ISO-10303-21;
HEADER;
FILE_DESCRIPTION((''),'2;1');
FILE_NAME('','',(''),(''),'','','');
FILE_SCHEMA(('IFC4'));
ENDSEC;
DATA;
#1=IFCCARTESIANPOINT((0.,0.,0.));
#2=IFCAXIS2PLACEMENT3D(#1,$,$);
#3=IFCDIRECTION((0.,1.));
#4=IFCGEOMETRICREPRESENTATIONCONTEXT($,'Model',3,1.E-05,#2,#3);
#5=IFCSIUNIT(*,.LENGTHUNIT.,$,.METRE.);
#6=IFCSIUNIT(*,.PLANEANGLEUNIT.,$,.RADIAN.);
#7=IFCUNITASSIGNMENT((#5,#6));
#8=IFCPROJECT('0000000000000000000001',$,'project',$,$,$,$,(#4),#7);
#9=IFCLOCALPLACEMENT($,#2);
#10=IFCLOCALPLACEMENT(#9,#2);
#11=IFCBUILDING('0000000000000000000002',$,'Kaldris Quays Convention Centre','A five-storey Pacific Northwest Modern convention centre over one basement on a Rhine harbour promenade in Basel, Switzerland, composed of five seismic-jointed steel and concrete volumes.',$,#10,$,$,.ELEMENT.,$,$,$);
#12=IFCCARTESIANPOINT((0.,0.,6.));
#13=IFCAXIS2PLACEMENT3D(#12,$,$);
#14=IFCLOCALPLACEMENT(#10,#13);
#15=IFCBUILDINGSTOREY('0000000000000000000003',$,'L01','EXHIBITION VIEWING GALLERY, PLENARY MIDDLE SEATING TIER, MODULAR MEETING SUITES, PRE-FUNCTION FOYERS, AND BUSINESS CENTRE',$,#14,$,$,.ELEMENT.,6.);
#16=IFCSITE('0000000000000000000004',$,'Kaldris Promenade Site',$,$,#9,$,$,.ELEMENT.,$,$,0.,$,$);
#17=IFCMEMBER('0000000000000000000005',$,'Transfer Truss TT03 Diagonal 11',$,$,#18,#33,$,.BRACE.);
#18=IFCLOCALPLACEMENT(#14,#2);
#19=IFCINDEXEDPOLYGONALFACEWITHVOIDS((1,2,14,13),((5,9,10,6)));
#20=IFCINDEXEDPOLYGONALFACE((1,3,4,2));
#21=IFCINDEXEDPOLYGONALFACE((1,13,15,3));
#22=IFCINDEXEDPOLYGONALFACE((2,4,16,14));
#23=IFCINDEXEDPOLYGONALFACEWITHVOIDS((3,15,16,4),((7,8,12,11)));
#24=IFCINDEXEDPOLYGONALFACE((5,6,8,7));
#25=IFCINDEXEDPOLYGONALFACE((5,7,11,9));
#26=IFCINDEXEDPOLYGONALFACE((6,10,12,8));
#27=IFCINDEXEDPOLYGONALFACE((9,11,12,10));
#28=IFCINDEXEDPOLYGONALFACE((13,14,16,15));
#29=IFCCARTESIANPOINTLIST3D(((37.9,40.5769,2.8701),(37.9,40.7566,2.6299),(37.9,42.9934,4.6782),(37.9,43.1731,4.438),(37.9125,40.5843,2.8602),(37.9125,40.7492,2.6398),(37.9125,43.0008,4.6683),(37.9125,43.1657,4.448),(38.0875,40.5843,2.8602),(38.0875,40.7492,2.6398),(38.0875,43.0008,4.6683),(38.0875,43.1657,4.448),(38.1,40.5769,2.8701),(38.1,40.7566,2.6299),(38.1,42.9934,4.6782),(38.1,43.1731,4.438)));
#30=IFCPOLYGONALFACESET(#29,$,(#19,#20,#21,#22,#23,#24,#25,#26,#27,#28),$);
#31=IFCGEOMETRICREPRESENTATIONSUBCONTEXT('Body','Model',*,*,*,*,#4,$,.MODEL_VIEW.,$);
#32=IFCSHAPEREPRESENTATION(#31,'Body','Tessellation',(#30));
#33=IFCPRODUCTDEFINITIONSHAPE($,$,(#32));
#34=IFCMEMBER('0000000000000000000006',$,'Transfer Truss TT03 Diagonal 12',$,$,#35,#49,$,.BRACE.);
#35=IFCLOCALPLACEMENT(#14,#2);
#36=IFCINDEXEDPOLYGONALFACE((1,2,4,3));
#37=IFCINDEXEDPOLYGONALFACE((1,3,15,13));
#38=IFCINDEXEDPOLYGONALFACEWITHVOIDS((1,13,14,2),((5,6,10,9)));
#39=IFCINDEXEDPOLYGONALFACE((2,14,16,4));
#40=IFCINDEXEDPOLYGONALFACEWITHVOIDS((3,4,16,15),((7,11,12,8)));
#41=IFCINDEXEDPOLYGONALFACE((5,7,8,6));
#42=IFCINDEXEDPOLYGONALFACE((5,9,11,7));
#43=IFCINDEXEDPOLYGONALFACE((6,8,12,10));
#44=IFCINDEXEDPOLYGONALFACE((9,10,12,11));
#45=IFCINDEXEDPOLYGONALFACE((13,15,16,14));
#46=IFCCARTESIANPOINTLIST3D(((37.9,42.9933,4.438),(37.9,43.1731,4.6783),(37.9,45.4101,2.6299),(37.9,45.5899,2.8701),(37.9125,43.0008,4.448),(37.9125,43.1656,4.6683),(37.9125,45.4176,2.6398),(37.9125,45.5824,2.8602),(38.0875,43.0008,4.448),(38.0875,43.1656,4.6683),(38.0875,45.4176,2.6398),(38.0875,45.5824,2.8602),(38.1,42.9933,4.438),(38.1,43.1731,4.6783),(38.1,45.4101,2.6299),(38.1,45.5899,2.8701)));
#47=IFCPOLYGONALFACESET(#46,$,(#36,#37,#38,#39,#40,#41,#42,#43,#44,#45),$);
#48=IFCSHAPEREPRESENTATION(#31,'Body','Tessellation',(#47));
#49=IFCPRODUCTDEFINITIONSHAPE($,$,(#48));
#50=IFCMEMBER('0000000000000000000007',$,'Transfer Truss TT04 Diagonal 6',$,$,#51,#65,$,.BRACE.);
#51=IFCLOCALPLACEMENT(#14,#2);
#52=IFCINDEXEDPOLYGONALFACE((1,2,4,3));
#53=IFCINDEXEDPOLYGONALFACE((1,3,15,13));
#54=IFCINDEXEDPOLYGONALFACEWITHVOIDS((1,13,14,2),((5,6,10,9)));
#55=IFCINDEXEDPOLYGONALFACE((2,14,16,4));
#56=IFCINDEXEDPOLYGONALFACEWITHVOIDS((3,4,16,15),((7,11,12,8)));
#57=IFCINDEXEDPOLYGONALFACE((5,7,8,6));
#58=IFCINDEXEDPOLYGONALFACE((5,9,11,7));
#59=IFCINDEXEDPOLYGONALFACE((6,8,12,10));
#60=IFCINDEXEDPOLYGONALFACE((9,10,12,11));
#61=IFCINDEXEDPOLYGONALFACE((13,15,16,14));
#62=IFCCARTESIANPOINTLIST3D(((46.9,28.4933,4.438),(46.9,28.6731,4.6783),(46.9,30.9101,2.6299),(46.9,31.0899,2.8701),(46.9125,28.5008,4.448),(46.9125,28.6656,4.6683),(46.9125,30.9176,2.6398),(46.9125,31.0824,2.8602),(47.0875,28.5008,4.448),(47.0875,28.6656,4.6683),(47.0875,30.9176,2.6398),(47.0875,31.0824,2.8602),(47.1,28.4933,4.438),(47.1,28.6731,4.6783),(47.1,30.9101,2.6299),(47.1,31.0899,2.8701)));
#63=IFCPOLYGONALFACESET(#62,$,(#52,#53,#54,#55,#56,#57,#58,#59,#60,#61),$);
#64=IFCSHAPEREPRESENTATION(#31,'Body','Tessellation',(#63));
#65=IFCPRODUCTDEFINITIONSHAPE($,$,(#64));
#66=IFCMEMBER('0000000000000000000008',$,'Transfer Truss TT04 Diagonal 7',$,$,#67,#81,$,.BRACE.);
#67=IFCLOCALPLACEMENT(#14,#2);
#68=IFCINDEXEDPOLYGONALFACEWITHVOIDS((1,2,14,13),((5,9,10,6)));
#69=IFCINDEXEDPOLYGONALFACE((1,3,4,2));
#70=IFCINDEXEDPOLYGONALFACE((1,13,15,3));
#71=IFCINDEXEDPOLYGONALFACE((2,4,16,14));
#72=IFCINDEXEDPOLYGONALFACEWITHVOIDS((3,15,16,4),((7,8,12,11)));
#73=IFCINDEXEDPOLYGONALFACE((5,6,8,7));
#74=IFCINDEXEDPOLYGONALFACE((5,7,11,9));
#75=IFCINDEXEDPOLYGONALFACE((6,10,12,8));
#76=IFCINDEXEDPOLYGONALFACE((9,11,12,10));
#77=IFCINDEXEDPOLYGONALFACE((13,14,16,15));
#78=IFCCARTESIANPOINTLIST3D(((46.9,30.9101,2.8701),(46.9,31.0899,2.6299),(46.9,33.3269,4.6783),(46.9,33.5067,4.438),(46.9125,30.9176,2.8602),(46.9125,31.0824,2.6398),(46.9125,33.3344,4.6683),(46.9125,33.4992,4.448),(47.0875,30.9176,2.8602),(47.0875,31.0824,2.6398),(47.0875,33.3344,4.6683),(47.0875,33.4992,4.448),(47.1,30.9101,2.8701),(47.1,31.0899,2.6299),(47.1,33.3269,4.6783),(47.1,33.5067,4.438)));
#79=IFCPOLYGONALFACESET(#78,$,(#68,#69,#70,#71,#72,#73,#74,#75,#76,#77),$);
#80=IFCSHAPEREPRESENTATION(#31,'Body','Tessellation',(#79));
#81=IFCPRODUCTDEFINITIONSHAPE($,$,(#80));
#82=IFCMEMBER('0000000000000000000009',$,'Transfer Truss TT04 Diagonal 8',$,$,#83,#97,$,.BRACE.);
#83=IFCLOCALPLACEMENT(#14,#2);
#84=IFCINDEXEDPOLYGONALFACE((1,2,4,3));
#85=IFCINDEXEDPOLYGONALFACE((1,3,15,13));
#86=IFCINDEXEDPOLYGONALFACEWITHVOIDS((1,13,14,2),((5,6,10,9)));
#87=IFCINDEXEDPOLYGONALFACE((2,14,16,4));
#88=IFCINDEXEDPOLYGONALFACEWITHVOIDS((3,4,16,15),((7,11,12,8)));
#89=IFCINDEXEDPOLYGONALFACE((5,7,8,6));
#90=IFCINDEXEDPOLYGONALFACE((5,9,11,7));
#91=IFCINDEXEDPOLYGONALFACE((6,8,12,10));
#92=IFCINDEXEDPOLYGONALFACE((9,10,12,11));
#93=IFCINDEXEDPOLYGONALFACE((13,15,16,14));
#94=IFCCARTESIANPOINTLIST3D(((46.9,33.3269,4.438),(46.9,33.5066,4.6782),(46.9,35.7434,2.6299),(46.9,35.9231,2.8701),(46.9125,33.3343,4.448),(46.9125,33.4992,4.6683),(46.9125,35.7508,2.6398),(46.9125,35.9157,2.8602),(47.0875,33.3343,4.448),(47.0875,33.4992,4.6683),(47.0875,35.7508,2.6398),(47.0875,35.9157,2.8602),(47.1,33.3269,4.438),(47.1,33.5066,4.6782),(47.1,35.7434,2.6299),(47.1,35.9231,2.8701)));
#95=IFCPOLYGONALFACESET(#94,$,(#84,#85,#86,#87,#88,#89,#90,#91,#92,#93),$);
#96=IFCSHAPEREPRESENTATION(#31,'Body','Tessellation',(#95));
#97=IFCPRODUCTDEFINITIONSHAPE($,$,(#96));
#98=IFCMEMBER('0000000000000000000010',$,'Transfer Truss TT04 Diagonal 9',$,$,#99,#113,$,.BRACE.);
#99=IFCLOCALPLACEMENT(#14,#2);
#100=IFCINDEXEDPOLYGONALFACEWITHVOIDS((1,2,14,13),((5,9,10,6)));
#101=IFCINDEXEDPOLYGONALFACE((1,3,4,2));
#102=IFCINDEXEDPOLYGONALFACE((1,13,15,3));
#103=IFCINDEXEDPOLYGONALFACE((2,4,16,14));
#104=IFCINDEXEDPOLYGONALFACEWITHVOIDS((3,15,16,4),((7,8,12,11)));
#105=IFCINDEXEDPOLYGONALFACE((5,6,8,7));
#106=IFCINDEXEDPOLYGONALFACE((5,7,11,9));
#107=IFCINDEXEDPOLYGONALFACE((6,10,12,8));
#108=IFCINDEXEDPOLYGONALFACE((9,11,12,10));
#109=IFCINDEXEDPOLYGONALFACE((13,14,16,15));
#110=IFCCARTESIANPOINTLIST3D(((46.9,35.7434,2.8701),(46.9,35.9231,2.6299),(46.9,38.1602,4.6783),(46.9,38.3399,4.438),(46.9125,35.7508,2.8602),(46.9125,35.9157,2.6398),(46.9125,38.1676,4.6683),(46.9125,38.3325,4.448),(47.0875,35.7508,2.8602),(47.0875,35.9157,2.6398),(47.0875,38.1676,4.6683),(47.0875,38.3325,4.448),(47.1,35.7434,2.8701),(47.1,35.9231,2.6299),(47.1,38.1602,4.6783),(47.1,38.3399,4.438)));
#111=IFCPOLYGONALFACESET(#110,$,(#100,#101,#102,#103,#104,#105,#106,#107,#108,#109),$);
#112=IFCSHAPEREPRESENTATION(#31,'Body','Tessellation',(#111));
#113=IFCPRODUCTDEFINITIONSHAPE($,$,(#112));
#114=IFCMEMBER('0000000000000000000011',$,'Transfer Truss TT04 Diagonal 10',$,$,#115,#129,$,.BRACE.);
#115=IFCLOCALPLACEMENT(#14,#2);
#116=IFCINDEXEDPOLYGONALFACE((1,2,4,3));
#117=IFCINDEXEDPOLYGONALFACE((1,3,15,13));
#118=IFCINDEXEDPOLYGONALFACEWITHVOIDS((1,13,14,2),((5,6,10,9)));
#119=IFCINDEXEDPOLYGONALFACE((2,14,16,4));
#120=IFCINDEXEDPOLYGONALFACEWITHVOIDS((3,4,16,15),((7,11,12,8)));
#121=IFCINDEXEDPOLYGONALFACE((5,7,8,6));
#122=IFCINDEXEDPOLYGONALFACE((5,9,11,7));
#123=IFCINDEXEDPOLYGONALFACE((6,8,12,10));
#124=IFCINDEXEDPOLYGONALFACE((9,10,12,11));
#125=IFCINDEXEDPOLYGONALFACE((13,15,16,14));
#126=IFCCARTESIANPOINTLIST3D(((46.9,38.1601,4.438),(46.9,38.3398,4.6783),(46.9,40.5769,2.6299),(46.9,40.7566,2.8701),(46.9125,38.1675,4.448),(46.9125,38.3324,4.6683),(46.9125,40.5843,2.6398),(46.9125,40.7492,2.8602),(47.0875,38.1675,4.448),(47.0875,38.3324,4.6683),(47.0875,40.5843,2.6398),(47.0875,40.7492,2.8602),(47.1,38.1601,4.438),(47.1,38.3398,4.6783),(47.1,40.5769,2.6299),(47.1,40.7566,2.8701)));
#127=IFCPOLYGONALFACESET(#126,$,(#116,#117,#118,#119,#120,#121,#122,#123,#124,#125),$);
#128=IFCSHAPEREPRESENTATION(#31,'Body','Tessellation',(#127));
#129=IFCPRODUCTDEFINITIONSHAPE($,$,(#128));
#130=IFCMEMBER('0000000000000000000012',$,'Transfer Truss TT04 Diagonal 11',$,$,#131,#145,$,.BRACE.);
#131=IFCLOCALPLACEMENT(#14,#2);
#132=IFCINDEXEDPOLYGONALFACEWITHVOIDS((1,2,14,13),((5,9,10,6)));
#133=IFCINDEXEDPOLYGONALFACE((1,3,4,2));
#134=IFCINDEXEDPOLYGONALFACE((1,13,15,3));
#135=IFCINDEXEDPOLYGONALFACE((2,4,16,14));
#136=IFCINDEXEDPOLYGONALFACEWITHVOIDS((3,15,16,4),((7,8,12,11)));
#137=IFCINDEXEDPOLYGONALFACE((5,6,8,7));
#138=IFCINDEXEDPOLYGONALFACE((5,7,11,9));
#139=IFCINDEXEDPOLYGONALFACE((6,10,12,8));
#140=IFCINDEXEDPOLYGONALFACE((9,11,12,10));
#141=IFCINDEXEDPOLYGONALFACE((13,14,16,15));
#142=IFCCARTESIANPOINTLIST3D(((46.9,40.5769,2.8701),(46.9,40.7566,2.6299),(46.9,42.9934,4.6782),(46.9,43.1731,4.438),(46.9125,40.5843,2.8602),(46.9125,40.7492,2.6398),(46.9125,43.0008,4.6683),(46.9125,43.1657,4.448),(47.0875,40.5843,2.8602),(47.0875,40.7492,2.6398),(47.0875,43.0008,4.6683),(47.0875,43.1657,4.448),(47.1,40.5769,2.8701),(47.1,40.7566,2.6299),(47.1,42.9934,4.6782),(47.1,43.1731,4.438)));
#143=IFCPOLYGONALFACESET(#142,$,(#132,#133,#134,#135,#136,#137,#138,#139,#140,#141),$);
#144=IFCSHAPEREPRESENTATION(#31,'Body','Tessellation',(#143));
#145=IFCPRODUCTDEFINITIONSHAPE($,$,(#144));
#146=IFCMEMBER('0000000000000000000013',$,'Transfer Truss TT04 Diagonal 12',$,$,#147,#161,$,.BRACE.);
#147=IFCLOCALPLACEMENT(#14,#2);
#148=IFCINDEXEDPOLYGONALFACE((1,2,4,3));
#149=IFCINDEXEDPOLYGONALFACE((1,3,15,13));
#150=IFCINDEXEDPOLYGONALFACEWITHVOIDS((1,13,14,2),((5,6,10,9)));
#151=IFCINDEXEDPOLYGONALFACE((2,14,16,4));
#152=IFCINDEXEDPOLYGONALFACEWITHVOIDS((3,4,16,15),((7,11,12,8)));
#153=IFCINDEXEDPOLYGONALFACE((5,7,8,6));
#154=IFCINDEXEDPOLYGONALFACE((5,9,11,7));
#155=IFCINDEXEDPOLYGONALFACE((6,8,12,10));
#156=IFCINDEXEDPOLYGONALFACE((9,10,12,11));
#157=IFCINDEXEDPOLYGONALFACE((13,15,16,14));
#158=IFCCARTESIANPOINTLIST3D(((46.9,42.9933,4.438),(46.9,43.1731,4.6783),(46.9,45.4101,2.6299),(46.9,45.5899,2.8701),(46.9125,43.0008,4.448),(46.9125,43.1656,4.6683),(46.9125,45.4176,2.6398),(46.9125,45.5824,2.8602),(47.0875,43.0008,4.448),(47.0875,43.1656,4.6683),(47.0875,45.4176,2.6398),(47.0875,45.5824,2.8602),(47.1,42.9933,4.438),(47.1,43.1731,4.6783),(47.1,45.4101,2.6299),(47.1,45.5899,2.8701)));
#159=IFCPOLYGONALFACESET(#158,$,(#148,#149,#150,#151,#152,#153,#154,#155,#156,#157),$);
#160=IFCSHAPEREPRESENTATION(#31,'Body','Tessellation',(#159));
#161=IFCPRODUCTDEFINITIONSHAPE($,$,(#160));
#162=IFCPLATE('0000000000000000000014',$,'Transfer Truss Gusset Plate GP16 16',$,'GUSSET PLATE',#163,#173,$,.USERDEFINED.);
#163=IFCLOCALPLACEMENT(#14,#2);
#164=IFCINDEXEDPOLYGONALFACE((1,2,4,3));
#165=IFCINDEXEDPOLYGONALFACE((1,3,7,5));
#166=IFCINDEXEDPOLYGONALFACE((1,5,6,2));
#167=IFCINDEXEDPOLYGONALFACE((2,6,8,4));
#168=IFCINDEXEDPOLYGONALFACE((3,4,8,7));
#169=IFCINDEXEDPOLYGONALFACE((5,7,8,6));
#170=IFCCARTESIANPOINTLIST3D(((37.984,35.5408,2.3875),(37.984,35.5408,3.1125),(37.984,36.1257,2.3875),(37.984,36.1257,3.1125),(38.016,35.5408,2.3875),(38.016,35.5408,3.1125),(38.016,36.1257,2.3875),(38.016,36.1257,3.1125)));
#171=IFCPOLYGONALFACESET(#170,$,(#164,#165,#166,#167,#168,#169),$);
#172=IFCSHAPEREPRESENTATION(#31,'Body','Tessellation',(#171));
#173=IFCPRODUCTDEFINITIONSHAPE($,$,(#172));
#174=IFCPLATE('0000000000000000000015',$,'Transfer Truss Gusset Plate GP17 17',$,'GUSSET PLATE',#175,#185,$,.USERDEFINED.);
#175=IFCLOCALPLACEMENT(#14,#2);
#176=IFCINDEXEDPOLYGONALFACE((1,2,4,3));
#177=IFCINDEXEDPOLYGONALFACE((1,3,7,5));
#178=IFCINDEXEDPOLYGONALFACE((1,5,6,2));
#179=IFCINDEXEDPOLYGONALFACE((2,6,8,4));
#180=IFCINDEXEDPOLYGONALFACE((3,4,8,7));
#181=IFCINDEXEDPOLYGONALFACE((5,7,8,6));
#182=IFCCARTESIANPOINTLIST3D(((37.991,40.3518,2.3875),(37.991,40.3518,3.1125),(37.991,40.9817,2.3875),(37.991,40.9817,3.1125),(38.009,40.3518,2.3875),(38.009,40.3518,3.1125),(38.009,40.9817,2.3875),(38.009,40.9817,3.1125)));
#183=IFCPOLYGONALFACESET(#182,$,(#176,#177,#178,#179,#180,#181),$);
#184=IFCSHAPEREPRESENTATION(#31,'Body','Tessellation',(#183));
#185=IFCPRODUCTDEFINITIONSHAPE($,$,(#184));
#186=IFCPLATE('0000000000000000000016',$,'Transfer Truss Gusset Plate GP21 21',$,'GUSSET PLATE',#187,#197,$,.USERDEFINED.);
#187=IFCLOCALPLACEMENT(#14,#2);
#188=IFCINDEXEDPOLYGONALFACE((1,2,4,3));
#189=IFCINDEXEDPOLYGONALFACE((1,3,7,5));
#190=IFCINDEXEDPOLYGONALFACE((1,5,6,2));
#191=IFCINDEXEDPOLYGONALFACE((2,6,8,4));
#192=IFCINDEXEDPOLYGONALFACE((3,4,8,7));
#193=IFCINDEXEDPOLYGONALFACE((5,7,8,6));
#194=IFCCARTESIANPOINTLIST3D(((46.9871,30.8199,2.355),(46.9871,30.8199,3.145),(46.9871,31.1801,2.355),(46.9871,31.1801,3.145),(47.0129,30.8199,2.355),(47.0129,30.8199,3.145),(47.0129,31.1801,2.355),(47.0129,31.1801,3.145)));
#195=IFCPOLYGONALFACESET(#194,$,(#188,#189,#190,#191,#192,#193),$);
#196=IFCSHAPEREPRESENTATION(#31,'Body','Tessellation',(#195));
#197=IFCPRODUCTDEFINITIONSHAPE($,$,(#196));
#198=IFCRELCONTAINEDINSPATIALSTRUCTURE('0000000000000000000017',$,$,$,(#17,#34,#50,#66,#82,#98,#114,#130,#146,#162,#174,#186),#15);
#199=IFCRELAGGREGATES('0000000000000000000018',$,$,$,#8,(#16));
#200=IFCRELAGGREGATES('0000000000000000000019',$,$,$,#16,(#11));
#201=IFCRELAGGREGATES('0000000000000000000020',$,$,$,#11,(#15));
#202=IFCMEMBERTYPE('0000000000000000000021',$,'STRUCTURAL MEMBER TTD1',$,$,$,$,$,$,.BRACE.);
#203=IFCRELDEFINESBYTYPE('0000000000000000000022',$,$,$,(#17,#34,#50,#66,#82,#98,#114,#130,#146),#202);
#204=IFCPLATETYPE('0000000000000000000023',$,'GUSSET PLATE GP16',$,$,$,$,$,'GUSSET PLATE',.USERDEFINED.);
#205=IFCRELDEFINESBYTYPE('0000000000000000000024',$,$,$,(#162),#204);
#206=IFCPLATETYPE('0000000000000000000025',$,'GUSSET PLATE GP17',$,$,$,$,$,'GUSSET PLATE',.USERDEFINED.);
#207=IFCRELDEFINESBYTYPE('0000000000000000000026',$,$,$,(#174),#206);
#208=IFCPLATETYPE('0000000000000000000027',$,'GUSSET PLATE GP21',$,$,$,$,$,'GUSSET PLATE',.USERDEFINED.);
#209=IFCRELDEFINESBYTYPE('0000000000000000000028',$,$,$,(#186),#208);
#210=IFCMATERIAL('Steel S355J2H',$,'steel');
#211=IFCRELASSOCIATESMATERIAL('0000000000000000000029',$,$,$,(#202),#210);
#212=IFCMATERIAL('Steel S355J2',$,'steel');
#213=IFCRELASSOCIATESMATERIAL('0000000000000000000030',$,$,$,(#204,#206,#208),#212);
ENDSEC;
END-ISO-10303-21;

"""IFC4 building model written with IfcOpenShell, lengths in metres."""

from ifc_helpers import new_model, si_unit, direction, frame, origin, origin_2d, place, context, subcontext, project, spatial, rectangle, hollow_rectangle, extrude, material, material_profile, profile_set, type_object, element, save


model = new_model("IFC4")

# Units and contexts
model_context = context("Model", 3, precision=1e-05, world=origin(), true_north=direction((0.0, 1.0)))
body_context = subcontext(model_context, "Body", "Model", "MODEL_VIEW")
ifc_project = project(units=[si_unit("LENGTHUNIT", "METRE"), si_unit("PLANEANGLEUNIT", "RADIAN")], contexts=[model_context])

# Site, building, storey
site_placement = place(None, origin())
site = spatial("IfcSite", under=ifc_project, at=site_placement, Name="Kaldris Promenade Site", CompositionType="ELEMENT", RefElevation=0.0)
building_placement = place(site_placement, origin())
building = spatial("IfcBuilding", under=site, at=building_placement, Name="Kaldris Quays Convention Centre", Description="A five-storey Pacific Northwest Modern convention centre over one basement on a Rhine harbour promenade in Basel, Switzerland, composed of five seismic-jointed steel and concrete volumes.", CompositionType="ELEMENT")
storey_placement = place(building_placement, frame((0.0, 0.0, 6.0)))
storey = spatial("IfcBuildingStorey", under=building, at=storey_placement, Name="L01", Description="EXHIBITION VIEWING GALLERY, PLENARY MIDDLE SEATING TIER, MODULAR MEETING SUITES, PRE-FUNCTION FOYERS, AND BUSINESS CENTRE", CompositionType="ELEMENT", Elevation=6.0)

# Shared definitions
ifc_material_1 = material(Name="Steel S355J2", Category="steel")

# Members
ifc_material_2 = material(Name="Steel S355J2H", Category="steel")
ifc_material_profile_1 = material_profile(ifc_material_2, hollow_rectangle(XDim=0.2, YDim=0.3, WallThickness=0.0125, at=origin_2d()), Name="RHS 300x200x12.5")
ifc_profile_set_1 = profile_set([ifc_material_profile_1], Name="Steel S355J2H")
member_type = type_object("IfcMemberType", Name="STRUCTURAL MEMBER TTD1", PredefinedType="BRACE", material=ifc_profile_set_1)
member_1_placement = place(storey_placement, frame((38.0, 40.6667, 2.75), z_axis=(0.0, 0.800679, 0.599094), x_axis=(-1.0, 0.0, 0.0)))
element("IfcMember", 1, at=member_1_placement, inside=storey, type_object=member_type, Name="Transfer Truss TT03 Diagonal 11", PredefinedType="BRACE", context=body_context, shape_type="SweptSolid", body=[
    extrude(hollow_rectangle(XDim=0.2, YDim=0.3, WallThickness=0.0125, at=origin_2d()), origin(), (0.0, 0.0, 1.0), 3.0181),
])
for number, where, z_axis, x_axis, name in (
    (2, (38.0, 45.5, 2.75), (0.0, -0.800708, 0.599055), (1.0, 0.0, 0.0), "Transfer Truss TT03 Diagonal 12"),
    (3, (47.0, 31.0, 2.75), (0.0, -0.800708, 0.599055), (1.0, 0.0, 0.0), "Transfer Truss TT04 Diagonal 6"),
    (4, (47.0, 31.0, 2.75), (0.0, 0.800708, 0.599055), (-1.0, 0.0, 0.0), "Transfer Truss TT04 Diagonal 7"),
):
    element("IfcMember", number, at=place(storey_placement, frame(where, z_axis=z_axis, x_axis=x_axis)), inside=storey, type_object=member_type, Name=name, PredefinedType="BRACE", context=body_context, shape_type="SweptSolid", body=[
        extrude(hollow_rectangle(XDim=0.2, YDim=0.3, WallThickness=0.0125, at=origin_2d()), origin(), (0.0, 0.0, 1.0), 3.0183),
    ])
member_2_placement = place(storey_placement, frame((47.0, 35.8333, 2.75), z_axis=(0.0, -0.800679, 0.599094), x_axis=(1.0, 0.0, 0.0)))
element("IfcMember", 5, at=member_2_placement, inside=storey, type_object=member_type, Name="Transfer Truss TT04 Diagonal 8", PredefinedType="BRACE", context=body_context, shape_type="SweptSolid", body=[
    extrude(hollow_rectangle(XDim=0.2, YDim=0.3, WallThickness=0.0125, at=origin_2d()), origin(), (0.0, 0.0, 1.0), 3.0181),
])
for number, where, z_axis, x_axis, name in (
    (6, (47.0, 35.8333, 2.75), (0.0, 0.800708, 0.599055), (-1.0, 0.0, 0.0), "Transfer Truss TT04 Diagonal 9"),
    (7, (47.0, 40.6667, 2.75), (0.0, -0.800708, 0.599055), (1.0, 0.0, 0.0), "Transfer Truss TT04 Diagonal 10"),
):
    element("IfcMember", number, at=place(storey_placement, frame(where, z_axis=z_axis, x_axis=x_axis)), inside=storey, type_object=member_type, Name=name, PredefinedType="BRACE", context=body_context, shape_type="SweptSolid", body=[
        extrude(hollow_rectangle(XDim=0.2, YDim=0.3, WallThickness=0.0125, at=origin_2d()), origin(), (0.0, 0.0, 1.0), 3.0183),
    ])
member_3_placement = place(storey_placement, frame((47.0, 40.6667, 2.75), z_axis=(0.0, 0.800679, 0.599094), x_axis=(-1.0, 0.0, 0.0)))
element("IfcMember", 8, at=member_3_placement, inside=storey, type_object=member_type, Name="Transfer Truss TT04 Diagonal 11", PredefinedType="BRACE", context=body_context, shape_type="SweptSolid", body=[
    extrude(hollow_rectangle(XDim=0.2, YDim=0.3, WallThickness=0.0125, at=origin_2d()), origin(), (0.0, 0.0, 1.0), 3.0181),
])
member_4_placement = place(storey_placement, frame((47.0, 45.5, 2.75), z_axis=(0.0, -0.800708, 0.599055), x_axis=(1.0, 0.0, 0.0)))
element("IfcMember", 9, at=member_4_placement, inside=storey, type_object=member_type, Name="Transfer Truss TT04 Diagonal 12", PredefinedType="BRACE", context=body_context, shape_type="SweptSolid", body=[
    extrude(hollow_rectangle(XDim=0.2, YDim=0.3, WallThickness=0.0125, at=origin_2d()), origin(), (0.0, 0.0, 1.0), 3.0183),
])

# Plates
plate_type_1 = type_object("IfcPlateType", Name="GUSSET PLATE GP16", ElementType="GUSSET PLATE", PredefinedType="USERDEFINED", material=ifc_material_1)
plate_1_placement = place(storey_placement, frame((38.0, 35.8333, 2.3875), z_axis=(0.0, 0.0, 1.0), x_axis=(1.0, 0.0, 0.0)))
element("IfcPlate", 10, at=plate_1_placement, inside=storey, type_object=plate_type_1, Name="Transfer Truss Gusset Plate GP16 16", ObjectType="GUSSET PLATE", PredefinedType="USERDEFINED", context=body_context, shape_type="SweptSolid", body=[
    extrude(rectangle(XDim=0.032, YDim=0.585, at=origin_2d()), origin(), (0.0, 0.0, 1.0), 0.7251),
])
plate_type_2 = type_object("IfcPlateType", Name="GUSSET PLATE GP17", ElementType="GUSSET PLATE", PredefinedType="USERDEFINED", material=ifc_material_1)
plate_2_placement = place(storey_placement, frame((38.0, 40.6667, 2.3875), z_axis=(0.0, 0.0, 1.0), x_axis=(1.0, 0.0, 0.0)))
element("IfcPlate", 11, at=plate_2_placement, inside=storey, type_object=plate_type_2, Name="Transfer Truss Gusset Plate GP17 17", ObjectType="GUSSET PLATE", PredefinedType="USERDEFINED", context=body_context, shape_type="SweptSolid", body=[
    extrude(rectangle(XDim=0.0181, YDim=0.6299, at=origin_2d()), origin(), (0.0, 0.0, 1.0), 0.7251),
])
plate_type_3 = type_object("IfcPlateType", Name="GUSSET PLATE GP21", ElementType="GUSSET PLATE", PredefinedType="USERDEFINED", material=ifc_material_1)
plate_3_placement = place(storey_placement, frame((47.0, 31.0, 2.355), z_axis=(0.0, 0.0, 1.0), x_axis=(1.0, 0.0, 0.0)))
element("IfcPlate", 12, at=plate_3_placement, inside=storey, type_object=plate_type_3, Name="Transfer Truss Gusset Plate GP21 21", ObjectType="GUSSET PLATE", PredefinedType="USERDEFINED", context=body_context, shape_type="SweptSolid", body=[
    extrude(rectangle(XDim=0.0259, YDim=0.3601, at=origin_2d()), origin(), (0.0, 0.0, 1.0), 0.79),
])

save(model, "model.ifc")
